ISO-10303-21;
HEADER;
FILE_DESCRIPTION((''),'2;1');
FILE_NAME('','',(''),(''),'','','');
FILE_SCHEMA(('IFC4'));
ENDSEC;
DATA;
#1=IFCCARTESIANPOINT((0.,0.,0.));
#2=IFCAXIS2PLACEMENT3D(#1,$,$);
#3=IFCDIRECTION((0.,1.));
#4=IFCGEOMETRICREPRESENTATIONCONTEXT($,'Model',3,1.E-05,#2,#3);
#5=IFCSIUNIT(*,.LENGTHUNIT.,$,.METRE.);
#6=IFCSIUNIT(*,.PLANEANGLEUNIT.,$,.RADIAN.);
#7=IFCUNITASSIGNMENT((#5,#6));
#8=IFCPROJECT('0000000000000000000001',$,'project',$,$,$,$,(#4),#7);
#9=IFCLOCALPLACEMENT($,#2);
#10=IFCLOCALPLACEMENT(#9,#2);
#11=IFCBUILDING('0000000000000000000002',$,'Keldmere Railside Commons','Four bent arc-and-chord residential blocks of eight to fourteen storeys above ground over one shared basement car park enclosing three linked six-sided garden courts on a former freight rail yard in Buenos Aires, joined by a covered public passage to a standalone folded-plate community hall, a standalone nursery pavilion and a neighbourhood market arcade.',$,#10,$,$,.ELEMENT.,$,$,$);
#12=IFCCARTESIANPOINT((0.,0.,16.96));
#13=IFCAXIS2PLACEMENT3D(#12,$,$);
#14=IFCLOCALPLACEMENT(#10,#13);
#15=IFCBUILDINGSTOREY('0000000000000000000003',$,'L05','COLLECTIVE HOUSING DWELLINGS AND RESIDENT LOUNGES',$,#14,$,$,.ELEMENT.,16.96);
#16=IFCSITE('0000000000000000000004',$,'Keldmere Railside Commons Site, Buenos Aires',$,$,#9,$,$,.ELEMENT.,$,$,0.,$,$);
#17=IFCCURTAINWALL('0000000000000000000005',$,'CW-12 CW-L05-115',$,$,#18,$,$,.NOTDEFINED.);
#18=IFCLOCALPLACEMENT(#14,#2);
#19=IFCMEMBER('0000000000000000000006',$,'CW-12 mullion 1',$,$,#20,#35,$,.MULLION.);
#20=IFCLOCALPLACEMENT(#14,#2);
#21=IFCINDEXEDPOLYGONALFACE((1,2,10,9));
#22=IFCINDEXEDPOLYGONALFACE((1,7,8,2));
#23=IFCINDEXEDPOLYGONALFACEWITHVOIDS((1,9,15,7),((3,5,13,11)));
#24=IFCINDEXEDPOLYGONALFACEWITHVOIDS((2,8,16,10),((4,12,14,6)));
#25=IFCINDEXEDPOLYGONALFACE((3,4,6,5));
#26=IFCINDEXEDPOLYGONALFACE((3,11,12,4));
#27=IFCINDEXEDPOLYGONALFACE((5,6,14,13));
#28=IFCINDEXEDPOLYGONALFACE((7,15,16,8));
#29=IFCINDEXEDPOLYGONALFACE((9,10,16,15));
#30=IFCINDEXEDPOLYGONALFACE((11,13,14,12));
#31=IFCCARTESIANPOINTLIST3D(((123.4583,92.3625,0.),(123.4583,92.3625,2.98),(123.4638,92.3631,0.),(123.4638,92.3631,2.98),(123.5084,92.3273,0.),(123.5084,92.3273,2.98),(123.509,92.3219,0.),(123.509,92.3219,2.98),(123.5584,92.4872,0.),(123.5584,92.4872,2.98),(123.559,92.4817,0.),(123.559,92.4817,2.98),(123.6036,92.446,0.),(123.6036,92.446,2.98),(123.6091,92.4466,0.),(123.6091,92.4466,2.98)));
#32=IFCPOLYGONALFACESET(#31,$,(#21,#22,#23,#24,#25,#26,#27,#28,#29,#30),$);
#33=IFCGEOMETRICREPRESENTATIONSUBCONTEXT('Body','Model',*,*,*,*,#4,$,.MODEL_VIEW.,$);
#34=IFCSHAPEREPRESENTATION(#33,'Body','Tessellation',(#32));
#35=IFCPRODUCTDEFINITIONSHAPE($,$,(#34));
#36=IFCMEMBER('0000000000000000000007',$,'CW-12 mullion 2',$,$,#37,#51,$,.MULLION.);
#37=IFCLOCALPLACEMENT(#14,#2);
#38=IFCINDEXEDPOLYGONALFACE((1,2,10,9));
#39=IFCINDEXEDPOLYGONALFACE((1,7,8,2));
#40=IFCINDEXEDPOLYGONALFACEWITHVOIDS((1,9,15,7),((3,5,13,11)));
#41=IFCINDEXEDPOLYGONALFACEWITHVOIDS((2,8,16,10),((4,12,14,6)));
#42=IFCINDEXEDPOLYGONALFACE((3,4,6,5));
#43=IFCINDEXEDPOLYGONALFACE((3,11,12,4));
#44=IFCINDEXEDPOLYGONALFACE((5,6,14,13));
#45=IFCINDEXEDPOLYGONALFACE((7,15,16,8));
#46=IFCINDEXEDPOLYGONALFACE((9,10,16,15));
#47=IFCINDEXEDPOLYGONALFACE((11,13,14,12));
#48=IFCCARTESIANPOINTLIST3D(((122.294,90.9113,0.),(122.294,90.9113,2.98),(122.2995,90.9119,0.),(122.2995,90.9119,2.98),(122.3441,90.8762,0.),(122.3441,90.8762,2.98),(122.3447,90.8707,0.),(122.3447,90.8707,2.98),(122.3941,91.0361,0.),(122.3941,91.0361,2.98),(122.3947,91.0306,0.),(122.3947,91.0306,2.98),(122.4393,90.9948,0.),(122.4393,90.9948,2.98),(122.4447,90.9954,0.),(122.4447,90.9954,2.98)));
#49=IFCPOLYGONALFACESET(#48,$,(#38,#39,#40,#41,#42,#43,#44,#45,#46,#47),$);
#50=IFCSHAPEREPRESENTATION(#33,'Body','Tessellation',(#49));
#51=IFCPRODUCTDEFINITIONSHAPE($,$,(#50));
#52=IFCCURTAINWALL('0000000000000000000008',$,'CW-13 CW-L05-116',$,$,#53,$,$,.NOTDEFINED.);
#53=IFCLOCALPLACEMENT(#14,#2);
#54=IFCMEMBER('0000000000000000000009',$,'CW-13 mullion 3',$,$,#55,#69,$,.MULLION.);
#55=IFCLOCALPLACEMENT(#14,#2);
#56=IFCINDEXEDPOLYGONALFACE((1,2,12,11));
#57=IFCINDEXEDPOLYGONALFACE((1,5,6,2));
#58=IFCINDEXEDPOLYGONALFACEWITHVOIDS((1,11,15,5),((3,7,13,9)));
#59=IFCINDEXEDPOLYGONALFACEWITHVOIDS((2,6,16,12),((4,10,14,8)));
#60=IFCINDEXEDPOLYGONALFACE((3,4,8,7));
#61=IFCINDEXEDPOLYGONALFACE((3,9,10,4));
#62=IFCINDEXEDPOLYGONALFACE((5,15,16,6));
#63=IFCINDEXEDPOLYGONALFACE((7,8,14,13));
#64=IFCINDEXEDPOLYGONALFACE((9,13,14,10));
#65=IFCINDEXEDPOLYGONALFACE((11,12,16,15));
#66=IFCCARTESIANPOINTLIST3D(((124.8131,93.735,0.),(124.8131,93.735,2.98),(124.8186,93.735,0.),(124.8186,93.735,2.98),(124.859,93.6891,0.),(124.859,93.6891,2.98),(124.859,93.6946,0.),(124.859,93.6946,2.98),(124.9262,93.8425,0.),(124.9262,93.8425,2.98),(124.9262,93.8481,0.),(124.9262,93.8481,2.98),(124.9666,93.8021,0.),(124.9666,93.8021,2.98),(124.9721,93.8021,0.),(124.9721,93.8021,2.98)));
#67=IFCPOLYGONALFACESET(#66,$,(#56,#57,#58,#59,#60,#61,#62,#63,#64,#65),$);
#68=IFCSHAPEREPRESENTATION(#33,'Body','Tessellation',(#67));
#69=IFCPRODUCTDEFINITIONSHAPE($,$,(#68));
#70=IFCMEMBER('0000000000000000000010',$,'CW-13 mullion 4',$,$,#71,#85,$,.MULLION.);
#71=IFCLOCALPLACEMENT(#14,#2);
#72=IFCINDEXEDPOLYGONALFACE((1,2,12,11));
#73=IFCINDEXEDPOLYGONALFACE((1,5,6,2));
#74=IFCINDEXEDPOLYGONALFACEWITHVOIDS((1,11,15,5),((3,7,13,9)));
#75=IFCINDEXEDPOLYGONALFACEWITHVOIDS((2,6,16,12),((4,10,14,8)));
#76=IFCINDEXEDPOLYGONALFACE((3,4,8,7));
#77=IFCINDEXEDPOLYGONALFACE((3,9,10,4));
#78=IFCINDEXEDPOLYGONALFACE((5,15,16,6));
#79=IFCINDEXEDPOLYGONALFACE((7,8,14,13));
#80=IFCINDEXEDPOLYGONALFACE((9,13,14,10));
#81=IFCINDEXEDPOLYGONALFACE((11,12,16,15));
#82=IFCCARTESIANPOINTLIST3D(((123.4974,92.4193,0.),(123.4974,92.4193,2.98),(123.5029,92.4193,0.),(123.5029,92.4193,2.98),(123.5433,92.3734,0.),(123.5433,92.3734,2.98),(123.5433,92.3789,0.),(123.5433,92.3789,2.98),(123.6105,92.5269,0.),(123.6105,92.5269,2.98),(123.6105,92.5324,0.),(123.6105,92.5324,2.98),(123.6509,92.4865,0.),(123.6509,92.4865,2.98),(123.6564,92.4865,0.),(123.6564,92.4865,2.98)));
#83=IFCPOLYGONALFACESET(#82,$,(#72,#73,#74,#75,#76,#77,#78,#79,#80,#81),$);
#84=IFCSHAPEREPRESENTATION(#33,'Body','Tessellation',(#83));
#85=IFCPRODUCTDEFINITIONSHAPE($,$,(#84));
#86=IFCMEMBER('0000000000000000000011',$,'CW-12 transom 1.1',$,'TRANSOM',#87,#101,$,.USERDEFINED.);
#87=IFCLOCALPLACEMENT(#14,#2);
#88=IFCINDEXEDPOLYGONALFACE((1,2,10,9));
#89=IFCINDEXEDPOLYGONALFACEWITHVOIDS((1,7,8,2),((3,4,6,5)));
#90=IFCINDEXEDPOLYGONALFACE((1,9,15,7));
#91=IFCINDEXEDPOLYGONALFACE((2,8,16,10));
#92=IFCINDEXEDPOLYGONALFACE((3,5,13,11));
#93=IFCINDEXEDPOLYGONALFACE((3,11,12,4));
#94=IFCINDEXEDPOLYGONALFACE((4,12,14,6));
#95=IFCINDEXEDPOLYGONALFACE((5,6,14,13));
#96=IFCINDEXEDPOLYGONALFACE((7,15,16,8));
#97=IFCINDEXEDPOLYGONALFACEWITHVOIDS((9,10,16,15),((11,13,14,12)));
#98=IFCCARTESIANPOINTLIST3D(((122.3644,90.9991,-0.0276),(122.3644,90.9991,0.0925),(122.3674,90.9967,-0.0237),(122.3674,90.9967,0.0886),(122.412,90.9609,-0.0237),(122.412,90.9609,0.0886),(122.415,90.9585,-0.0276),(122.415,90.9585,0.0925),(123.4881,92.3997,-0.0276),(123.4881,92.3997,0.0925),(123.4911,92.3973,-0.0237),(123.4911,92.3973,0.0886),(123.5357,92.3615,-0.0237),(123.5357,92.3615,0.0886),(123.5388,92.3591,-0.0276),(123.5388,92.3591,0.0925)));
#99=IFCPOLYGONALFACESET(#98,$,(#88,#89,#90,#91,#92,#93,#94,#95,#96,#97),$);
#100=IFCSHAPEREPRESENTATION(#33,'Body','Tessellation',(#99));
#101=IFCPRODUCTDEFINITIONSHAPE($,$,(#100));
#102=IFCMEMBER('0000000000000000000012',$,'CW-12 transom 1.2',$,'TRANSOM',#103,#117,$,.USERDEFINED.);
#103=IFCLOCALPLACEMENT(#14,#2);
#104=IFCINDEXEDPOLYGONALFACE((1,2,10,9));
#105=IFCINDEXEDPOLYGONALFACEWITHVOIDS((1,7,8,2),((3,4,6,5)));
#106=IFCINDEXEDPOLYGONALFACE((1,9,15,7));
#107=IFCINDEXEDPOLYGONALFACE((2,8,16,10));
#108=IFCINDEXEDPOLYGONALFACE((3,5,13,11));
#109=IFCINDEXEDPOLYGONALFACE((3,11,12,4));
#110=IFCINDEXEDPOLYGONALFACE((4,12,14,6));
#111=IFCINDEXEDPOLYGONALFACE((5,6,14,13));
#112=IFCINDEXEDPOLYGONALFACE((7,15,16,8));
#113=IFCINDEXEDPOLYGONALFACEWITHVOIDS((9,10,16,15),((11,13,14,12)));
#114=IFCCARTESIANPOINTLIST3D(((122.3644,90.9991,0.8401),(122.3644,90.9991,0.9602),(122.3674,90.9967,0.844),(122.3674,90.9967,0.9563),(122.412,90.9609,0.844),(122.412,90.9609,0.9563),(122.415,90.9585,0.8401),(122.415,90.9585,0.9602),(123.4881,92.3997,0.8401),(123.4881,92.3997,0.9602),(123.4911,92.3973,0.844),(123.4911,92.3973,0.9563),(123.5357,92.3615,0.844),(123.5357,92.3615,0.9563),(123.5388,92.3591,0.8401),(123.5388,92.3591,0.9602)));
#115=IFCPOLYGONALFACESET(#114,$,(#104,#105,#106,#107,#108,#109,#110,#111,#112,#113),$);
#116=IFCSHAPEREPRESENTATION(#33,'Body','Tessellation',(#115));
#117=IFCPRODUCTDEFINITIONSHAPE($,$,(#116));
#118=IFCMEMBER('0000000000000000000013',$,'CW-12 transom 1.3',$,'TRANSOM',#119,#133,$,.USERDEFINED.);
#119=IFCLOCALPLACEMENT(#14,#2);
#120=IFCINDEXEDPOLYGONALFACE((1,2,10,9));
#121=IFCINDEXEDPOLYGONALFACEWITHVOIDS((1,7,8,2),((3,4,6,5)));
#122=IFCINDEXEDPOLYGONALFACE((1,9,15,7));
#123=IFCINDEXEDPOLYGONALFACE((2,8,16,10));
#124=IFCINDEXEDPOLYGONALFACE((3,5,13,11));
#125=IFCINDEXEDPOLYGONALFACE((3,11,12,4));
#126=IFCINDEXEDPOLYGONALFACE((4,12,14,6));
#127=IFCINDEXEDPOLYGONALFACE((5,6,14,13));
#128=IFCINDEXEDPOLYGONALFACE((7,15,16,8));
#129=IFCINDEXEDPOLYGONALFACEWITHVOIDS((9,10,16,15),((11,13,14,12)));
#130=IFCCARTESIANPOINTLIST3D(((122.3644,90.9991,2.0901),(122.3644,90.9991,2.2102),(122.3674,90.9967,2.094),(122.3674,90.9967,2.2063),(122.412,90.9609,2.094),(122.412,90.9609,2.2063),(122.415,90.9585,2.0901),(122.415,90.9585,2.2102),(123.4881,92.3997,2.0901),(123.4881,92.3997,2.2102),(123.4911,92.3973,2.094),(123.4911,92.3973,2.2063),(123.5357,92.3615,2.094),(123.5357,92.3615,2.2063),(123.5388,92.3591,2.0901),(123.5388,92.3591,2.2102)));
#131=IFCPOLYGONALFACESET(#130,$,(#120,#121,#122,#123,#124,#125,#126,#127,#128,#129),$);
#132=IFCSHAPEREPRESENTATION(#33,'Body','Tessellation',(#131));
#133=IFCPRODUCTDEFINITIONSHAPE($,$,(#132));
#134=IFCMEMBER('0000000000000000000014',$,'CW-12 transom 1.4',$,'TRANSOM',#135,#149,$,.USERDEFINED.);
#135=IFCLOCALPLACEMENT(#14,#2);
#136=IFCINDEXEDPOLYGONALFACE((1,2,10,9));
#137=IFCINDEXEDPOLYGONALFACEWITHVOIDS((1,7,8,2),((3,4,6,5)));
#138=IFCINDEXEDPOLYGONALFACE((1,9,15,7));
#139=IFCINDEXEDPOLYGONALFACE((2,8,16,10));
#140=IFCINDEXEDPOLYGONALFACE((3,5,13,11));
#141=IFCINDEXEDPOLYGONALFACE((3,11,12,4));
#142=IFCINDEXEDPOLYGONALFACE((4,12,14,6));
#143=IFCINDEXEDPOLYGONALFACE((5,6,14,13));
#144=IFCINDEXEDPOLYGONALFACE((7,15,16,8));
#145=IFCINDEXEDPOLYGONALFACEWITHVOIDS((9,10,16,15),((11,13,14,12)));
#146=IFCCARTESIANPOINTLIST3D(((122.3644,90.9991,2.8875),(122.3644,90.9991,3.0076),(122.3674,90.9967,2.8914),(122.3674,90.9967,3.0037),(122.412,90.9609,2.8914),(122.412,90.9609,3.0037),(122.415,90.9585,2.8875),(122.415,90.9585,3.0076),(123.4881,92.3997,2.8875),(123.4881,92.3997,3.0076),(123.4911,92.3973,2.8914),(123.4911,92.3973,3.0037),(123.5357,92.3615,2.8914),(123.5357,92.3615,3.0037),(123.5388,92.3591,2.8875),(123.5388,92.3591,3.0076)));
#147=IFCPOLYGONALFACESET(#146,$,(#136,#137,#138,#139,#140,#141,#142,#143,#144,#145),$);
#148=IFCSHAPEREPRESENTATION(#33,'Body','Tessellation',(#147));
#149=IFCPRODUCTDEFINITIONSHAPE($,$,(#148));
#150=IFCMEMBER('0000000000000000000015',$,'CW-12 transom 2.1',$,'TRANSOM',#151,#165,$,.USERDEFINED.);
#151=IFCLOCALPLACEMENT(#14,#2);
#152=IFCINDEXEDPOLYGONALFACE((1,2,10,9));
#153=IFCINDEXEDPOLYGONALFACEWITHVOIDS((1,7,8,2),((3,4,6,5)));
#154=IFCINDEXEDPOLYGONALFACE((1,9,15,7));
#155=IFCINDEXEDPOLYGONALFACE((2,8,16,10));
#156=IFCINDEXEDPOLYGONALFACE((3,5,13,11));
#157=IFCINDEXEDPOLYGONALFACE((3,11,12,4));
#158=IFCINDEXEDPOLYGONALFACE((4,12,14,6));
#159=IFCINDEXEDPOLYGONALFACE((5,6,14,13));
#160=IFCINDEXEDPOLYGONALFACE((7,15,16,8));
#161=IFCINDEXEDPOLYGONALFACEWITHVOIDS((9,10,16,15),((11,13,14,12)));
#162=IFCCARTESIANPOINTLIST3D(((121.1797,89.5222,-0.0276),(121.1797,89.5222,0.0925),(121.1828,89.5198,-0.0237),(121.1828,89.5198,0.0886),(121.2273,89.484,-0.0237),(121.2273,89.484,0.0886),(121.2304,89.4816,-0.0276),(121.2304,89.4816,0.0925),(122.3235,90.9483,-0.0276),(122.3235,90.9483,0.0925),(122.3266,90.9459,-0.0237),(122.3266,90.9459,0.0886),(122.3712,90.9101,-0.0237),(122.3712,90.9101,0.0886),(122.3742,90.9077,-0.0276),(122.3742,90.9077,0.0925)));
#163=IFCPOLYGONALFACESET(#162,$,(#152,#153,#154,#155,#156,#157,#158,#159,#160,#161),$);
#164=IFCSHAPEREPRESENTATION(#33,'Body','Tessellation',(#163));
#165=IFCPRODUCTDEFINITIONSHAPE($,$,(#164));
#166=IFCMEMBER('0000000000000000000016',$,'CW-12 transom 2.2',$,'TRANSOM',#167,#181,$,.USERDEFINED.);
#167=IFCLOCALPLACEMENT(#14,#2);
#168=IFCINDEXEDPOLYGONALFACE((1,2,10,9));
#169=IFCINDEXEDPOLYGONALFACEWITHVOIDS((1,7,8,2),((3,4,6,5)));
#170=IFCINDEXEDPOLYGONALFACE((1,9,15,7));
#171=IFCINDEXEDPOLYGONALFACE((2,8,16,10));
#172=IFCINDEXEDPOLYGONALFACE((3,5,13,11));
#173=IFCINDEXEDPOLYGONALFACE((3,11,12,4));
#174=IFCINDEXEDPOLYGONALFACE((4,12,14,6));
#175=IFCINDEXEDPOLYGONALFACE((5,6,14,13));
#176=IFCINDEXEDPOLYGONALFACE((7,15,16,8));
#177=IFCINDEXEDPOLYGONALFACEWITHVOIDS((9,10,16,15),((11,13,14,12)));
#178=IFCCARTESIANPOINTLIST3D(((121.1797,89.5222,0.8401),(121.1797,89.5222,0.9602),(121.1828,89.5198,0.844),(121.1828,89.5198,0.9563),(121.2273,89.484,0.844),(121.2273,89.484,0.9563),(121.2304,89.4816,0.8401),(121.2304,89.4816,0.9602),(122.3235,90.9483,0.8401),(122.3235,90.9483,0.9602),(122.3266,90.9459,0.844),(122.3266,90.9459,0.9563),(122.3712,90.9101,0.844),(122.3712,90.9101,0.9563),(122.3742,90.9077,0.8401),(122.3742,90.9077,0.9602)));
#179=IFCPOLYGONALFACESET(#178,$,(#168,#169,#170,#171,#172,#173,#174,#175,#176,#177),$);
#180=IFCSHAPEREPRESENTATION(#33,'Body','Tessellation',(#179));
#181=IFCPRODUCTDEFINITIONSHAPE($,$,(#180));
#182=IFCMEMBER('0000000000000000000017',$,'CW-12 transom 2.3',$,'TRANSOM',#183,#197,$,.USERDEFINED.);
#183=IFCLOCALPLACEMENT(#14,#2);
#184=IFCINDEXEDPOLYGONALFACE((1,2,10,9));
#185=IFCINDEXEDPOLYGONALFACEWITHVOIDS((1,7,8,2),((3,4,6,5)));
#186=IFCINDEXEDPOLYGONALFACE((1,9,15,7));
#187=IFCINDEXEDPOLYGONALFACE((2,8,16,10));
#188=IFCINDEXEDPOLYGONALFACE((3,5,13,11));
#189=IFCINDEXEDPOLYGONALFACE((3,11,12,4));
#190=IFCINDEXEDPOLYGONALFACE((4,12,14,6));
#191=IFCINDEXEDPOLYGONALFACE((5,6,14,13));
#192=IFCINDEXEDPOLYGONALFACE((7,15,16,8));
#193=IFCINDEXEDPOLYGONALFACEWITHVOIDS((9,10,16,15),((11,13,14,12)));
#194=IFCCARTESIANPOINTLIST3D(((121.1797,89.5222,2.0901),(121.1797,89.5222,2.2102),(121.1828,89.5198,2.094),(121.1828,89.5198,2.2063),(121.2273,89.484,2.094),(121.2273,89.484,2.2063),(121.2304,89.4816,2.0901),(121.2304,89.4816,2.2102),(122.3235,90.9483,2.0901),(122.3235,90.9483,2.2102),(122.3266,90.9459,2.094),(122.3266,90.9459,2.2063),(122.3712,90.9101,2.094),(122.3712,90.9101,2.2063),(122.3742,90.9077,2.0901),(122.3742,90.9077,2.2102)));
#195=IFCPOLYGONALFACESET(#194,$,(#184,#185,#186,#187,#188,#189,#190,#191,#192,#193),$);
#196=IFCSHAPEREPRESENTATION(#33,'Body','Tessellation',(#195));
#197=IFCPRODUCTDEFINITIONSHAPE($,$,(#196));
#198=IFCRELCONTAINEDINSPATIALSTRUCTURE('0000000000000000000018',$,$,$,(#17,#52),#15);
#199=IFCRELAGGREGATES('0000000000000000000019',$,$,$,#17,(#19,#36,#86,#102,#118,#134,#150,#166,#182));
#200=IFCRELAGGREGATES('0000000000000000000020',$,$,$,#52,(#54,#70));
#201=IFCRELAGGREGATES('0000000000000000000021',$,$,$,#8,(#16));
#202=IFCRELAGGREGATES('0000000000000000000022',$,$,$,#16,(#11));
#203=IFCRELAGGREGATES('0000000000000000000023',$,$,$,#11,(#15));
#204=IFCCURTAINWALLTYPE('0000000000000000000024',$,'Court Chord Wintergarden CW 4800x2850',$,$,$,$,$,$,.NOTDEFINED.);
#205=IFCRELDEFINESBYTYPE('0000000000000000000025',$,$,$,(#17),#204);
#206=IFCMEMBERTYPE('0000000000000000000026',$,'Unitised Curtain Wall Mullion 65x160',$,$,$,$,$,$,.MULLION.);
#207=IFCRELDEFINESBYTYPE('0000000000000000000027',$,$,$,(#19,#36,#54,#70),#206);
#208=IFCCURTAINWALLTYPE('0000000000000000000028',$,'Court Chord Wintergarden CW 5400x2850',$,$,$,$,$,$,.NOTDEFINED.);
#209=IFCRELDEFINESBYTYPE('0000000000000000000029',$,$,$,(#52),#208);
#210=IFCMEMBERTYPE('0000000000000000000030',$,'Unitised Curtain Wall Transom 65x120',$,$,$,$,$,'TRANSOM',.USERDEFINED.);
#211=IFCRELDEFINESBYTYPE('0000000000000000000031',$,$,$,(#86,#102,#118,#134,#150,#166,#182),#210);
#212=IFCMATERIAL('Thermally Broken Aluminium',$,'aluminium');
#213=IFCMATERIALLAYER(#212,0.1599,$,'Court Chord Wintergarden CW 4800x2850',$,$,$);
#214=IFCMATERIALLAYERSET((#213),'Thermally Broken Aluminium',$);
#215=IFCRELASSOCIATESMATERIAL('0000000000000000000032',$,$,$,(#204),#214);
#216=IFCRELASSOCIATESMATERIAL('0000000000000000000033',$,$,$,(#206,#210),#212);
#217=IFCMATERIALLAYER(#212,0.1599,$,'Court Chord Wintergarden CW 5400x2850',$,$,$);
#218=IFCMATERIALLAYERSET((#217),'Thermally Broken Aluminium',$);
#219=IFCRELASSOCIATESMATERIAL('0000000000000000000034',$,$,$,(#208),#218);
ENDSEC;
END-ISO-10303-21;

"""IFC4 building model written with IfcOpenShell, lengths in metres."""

from ifc_helpers import new_model, si_unit, direction, frame, origin, origin_2d, place, context, subcontext, project, spatial, hollow_rectangle, extrude, material, layer, layer_set, material_profile, profile_set, type_object, element, aggregate, save


model = new_model("IFC4")

# Units and contexts
model_context = context("Model", 3, precision=1e-05, world=origin(), true_north=direction((0.0, 1.0)))
body_context = subcontext(model_context, "Body", "Model", "MODEL_VIEW")
ifc_project = project(units=[si_unit("LENGTHUNIT", "METRE"), si_unit("PLANEANGLEUNIT", "RADIAN")], contexts=[model_context])

# Site, building, storey
site_placement = place(None, origin())
site = spatial("IfcSite", under=ifc_project, at=site_placement, Name="Keldmere Railside Commons Site, Buenos Aires", CompositionType="ELEMENT", RefElevation=0.0)
building_placement = place(site_placement, origin())
building = spatial("IfcBuilding", under=site, at=building_placement, Name="Keldmere Railside Commons", Description="Four bent arc-and-chord residential blocks of eight to fourteen storeys above ground over one shared basement car park enclosing three linked six-sided garden courts on a former freight rail yard in Buenos Aires, joined by a covered public passage to a standalone folded-plate community hall, a standalone nursery pavilion and a neighbourhood market arcade.", CompositionType="ELEMENT")
storey_placement = place(building_placement, frame((0.0, 0.0, 16.96)))
storey = spatial("IfcBuildingStorey", under=building, at=storey_placement, Name="L05", Description="COLLECTIVE HOUSING DWELLINGS AND RESIDENT LOUNGES", CompositionType="ELEMENT", Elevation=16.96)

# Curtain walls, members
ifc_material_1 = material(Name="Thermally Broken Aluminium", Category="aluminium")
ifc_layer_1 = layer(ifc_material_1, 0.1599, Name="Court Chord Wintergarden CW 4800x2850")
ifc_layer_set_1 = layer_set([ifc_layer_1], Name="Thermally Broken Aluminium")
curtain_wall_type_1 = type_object("IfcCurtainWallType", Name="Court Chord Wintergarden CW 4800x2850", PredefinedType="NOTDEFINED", material=ifc_layer_set_1)
curtain_wall_1_placement = place(storey_placement, origin())
curtain_wall_1 = element("IfcCurtainWall", 1, at=curtain_wall_1_placement, inside=storey, type_object=curtain_wall_type_1, Name="CW-12 CW-L05-115", PredefinedType="NOTDEFINED")
ifc_material_profile_1 = material_profile(ifc_material_1, hollow_rectangle(XDim=0.0649, YDim=0.1599, WallThickness=0.0039, at=origin_2d()), Name="ALU-MULL-65x160")
ifc_profile_set_1 = profile_set([ifc_material_profile_1], Name="Thermally Broken Aluminium")
member_type_1 = type_object("IfcMemberType", Name="Unitised Curtain Wall Mullion 65x160", PredefinedType="MULLION", material=ifc_profile_set_1)
member_1_placement = place(storey_placement, frame((123.5337, 92.4045, 0.0), z_axis=(0.0, 0.0, 1.0), x_axis=(0.780009, -0.625768, 0.0)))
member_1 = element("IfcMember", 2, at=member_1_placement, type_object=member_type_1, Name="CW-12 mullion 1", PredefinedType="MULLION", context=body_context, shape_type="SweptSolid", body=[
    extrude(hollow_rectangle(XDim=0.0649, YDim=0.1599, WallThickness=0.0039, at=origin_2d()), origin(), (0.0, 0.0, 1.0), 2.98),
])
member_2_placement = place(storey_placement, frame((122.3694, 90.9534, 0.0), z_axis=(0.0, 0.0, 1.0), x_axis=(0.780009, -0.625768, 0.0)))
member_2 = element("IfcMember", 3, at=member_2_placement, type_object=member_type_1, Name="CW-12 mullion 2", PredefinedType="MULLION", context=body_context, shape_type="SweptSolid", body=[
    extrude(hollow_rectangle(XDim=0.0649, YDim=0.1599, WallThickness=0.0039, at=origin_2d()), origin(), (0.0, 0.0, 1.0), 2.98),
])
ifc_layer_2 = layer(ifc_material_1, 0.1599, Name="Court Chord Wintergarden CW 5400x2850")
ifc_layer_set_2 = layer_set([ifc_layer_2], Name="Thermally Broken Aluminium")
curtain_wall_type_2 = type_object("IfcCurtainWallType", Name="Court Chord Wintergarden CW 5400x2850", PredefinedType="NOTDEFINED", material=ifc_layer_set_2)
curtain_wall_2_placement = place(storey_placement, origin())
curtain_wall_2 = element("IfcCurtainWall", 4, at=curtain_wall_2_placement, inside=storey, type_object=curtain_wall_type_2, Name="CW-13 CW-L05-116", PredefinedType="NOTDEFINED")
member_3_placement = place(storey_placement, frame((124.8926, 93.7686, 0.0), z_axis=(0.0, 0.0, 1.0), x_axis=(0.707107, -0.707107, 0.0)))
member_3 = element("IfcMember", 5, at=member_3_placement, type_object=member_type_1, Name="CW-13 mullion 3", PredefinedType="MULLION", context=body_context, shape_type="SweptSolid", body=[
    extrude(hollow_rectangle(XDim=0.0649, YDim=0.1599, WallThickness=0.0039, at=origin_2d()), origin(), (0.0, 0.0, 1.0), 2.98),
])
member_4_placement = place(storey_placement, frame((123.5769, 92.4529, 0.0), z_axis=(0.0, 0.0, 1.0), x_axis=(0.707107, -0.707107, 0.0)))
member_4 = element("IfcMember", 6, at=member_4_placement, type_object=member_type_1, Name="CW-13 mullion 4", PredefinedType="MULLION", context=body_context, shape_type="SweptSolid", body=[
    extrude(hollow_rectangle(XDim=0.0649, YDim=0.1599, WallThickness=0.0039, at=origin_2d()), origin(), (0.0, 0.0, 1.0), 2.98),
])

# Members
ifc_material_profile_2 = material_profile(ifc_material_1, hollow_rectangle(XDim=0.0649, YDim=0.1201, WallThickness=0.0039, at=origin_2d()), Name="ALU-TRAN-65x120")
ifc_profile_set_2 = profile_set([ifc_material_profile_2], Name="Thermally Broken Aluminium")
member_type_2 = type_object("IfcMemberType", Name="Unitised Curtain Wall Transom 65x120", ElementType="TRANSOM", PredefinedType="USERDEFINED", material=ifc_profile_set_2)
member_5_placement = place(storey_placement, frame((123.5134, 92.3794, 0.0325), z_axis=(-0.625805, -0.779979, 0.0), x_axis=(0.779979, -0.625805, 0.0)))
member_5 = element("IfcMember", 7, at=member_5_placement, type_object=member_type_2, Name="CW-12 transom 1.1", ObjectType="TRANSOM", PredefinedType="USERDEFINED", context=body_context, shape_type="SweptSolid", body=[
    extrude(hollow_rectangle(XDim=0.0649, YDim=0.1201, WallThickness=0.0039, at=origin_2d()), origin(), (0.0, 0.0, 1.0), 1.7957),
])
member_6_placement = place(storey_placement, frame((123.5134, 92.3794, 0.9001), z_axis=(-0.625805, -0.779979, 0.0), x_axis=(0.779979, -0.625805, 0.0)))
member_6 = element("IfcMember", 8, at=member_6_placement, type_object=member_type_2, Name="CW-12 transom 1.2", ObjectType="TRANSOM", PredefinedType="USERDEFINED", context=body_context, shape_type="SweptSolid", body=[
    extrude(hollow_rectangle(XDim=0.0649, YDim=0.1201, WallThickness=0.0039, at=origin_2d()), origin(), (0.0, 0.0, 1.0), 1.7957),
])
member_7_placement = place(storey_placement, frame((123.5134, 92.3794, 2.1501), z_axis=(-0.625805, -0.779979, 0.0), x_axis=(0.779979, -0.625805, 0.0)))
member_7 = element("IfcMember", 9, at=member_7_placement, type_object=member_type_2, Name="CW-12 transom 1.3", ObjectType="TRANSOM", PredefinedType="USERDEFINED", context=body_context, shape_type="SweptSolid", body=[
    extrude(hollow_rectangle(XDim=0.0649, YDim=0.1201, WallThickness=0.0039, at=origin_2d()), origin(), (0.0, 0.0, 1.0), 1.7957),
])
member_8_placement = place(storey_placement, frame((123.5134, 92.3794, 2.9475), z_axis=(-0.625805, -0.779979, 0.0), x_axis=(0.779979, -0.625805, 0.0)))
member_8 = element("IfcMember", 10, at=member_8_placement, type_object=member_type_2, Name="CW-12 transom 1.4", ObjectType="TRANSOM", PredefinedType="USERDEFINED", context=body_context, shape_type="SweptSolid", body=[
    extrude(hollow_rectangle(XDim=0.0649, YDim=0.1201, WallThickness=0.0039, at=origin_2d()), origin(), (0.0, 0.0, 1.0), 1.7957),
])
member_9_placement = place(storey_placement, frame((122.3489, 90.928, 0.0325), z_axis=(-0.625688, -0.780073, 0.0), x_axis=(0.780073, -0.625688, 0.0)))
member_9 = element("IfcMember", 11, at=member_9_placement, type_object=member_type_2, Name="CW-12 transom 2.1", ObjectType="TRANSOM", PredefinedType="USERDEFINED", context=body_context, shape_type="SweptSolid", body=[
    extrude(hollow_rectangle(XDim=0.0649, YDim=0.1201, WallThickness=0.0039, at=origin_2d()), origin(), (0.0, 0.0, 1.0), 1.8281),
])
member_10_placement = place(storey_placement, frame((122.3489, 90.928, 0.9001), z_axis=(-0.625688, -0.780073, 0.0), x_axis=(0.780073, -0.625688, 0.0)))
member_10 = element("IfcMember", 12, at=member_10_placement, type_object=member_type_2, Name="CW-12 transom 2.2", ObjectType="TRANSOM", PredefinedType="USERDEFINED", context=body_context, shape_type="SweptSolid", body=[
    extrude(hollow_rectangle(XDim=0.0649, YDim=0.1201, WallThickness=0.0039, at=origin_2d()), origin(), (0.0, 0.0, 1.0), 1.8281),
])
member_11_placement = place(storey_placement, frame((122.3489, 90.928, 2.1501), z_axis=(-0.625688, -0.780073, 0.0), x_axis=(0.780073, -0.625688, 0.0)))
member_11 = element("IfcMember", 13, at=member_11_placement, type_object=member_type_2, Name="CW-12 transom 2.3", ObjectType="TRANSOM", PredefinedType="USERDEFINED", context=body_context, shape_type="SweptSolid", body=[
    extrude(hollow_rectangle(XDim=0.0649, YDim=0.1201, WallThickness=0.0039, at=origin_2d()), origin(), (0.0, 0.0, 1.0), 1.8281),
])

aggregate(curtain_wall_1, [member_1, member_2, member_5, member_6, member_7, member_8, member_9, member_10, member_11])
aggregate(curtain_wall_2, [member_3, member_4])

save(model, "model.ifc")
